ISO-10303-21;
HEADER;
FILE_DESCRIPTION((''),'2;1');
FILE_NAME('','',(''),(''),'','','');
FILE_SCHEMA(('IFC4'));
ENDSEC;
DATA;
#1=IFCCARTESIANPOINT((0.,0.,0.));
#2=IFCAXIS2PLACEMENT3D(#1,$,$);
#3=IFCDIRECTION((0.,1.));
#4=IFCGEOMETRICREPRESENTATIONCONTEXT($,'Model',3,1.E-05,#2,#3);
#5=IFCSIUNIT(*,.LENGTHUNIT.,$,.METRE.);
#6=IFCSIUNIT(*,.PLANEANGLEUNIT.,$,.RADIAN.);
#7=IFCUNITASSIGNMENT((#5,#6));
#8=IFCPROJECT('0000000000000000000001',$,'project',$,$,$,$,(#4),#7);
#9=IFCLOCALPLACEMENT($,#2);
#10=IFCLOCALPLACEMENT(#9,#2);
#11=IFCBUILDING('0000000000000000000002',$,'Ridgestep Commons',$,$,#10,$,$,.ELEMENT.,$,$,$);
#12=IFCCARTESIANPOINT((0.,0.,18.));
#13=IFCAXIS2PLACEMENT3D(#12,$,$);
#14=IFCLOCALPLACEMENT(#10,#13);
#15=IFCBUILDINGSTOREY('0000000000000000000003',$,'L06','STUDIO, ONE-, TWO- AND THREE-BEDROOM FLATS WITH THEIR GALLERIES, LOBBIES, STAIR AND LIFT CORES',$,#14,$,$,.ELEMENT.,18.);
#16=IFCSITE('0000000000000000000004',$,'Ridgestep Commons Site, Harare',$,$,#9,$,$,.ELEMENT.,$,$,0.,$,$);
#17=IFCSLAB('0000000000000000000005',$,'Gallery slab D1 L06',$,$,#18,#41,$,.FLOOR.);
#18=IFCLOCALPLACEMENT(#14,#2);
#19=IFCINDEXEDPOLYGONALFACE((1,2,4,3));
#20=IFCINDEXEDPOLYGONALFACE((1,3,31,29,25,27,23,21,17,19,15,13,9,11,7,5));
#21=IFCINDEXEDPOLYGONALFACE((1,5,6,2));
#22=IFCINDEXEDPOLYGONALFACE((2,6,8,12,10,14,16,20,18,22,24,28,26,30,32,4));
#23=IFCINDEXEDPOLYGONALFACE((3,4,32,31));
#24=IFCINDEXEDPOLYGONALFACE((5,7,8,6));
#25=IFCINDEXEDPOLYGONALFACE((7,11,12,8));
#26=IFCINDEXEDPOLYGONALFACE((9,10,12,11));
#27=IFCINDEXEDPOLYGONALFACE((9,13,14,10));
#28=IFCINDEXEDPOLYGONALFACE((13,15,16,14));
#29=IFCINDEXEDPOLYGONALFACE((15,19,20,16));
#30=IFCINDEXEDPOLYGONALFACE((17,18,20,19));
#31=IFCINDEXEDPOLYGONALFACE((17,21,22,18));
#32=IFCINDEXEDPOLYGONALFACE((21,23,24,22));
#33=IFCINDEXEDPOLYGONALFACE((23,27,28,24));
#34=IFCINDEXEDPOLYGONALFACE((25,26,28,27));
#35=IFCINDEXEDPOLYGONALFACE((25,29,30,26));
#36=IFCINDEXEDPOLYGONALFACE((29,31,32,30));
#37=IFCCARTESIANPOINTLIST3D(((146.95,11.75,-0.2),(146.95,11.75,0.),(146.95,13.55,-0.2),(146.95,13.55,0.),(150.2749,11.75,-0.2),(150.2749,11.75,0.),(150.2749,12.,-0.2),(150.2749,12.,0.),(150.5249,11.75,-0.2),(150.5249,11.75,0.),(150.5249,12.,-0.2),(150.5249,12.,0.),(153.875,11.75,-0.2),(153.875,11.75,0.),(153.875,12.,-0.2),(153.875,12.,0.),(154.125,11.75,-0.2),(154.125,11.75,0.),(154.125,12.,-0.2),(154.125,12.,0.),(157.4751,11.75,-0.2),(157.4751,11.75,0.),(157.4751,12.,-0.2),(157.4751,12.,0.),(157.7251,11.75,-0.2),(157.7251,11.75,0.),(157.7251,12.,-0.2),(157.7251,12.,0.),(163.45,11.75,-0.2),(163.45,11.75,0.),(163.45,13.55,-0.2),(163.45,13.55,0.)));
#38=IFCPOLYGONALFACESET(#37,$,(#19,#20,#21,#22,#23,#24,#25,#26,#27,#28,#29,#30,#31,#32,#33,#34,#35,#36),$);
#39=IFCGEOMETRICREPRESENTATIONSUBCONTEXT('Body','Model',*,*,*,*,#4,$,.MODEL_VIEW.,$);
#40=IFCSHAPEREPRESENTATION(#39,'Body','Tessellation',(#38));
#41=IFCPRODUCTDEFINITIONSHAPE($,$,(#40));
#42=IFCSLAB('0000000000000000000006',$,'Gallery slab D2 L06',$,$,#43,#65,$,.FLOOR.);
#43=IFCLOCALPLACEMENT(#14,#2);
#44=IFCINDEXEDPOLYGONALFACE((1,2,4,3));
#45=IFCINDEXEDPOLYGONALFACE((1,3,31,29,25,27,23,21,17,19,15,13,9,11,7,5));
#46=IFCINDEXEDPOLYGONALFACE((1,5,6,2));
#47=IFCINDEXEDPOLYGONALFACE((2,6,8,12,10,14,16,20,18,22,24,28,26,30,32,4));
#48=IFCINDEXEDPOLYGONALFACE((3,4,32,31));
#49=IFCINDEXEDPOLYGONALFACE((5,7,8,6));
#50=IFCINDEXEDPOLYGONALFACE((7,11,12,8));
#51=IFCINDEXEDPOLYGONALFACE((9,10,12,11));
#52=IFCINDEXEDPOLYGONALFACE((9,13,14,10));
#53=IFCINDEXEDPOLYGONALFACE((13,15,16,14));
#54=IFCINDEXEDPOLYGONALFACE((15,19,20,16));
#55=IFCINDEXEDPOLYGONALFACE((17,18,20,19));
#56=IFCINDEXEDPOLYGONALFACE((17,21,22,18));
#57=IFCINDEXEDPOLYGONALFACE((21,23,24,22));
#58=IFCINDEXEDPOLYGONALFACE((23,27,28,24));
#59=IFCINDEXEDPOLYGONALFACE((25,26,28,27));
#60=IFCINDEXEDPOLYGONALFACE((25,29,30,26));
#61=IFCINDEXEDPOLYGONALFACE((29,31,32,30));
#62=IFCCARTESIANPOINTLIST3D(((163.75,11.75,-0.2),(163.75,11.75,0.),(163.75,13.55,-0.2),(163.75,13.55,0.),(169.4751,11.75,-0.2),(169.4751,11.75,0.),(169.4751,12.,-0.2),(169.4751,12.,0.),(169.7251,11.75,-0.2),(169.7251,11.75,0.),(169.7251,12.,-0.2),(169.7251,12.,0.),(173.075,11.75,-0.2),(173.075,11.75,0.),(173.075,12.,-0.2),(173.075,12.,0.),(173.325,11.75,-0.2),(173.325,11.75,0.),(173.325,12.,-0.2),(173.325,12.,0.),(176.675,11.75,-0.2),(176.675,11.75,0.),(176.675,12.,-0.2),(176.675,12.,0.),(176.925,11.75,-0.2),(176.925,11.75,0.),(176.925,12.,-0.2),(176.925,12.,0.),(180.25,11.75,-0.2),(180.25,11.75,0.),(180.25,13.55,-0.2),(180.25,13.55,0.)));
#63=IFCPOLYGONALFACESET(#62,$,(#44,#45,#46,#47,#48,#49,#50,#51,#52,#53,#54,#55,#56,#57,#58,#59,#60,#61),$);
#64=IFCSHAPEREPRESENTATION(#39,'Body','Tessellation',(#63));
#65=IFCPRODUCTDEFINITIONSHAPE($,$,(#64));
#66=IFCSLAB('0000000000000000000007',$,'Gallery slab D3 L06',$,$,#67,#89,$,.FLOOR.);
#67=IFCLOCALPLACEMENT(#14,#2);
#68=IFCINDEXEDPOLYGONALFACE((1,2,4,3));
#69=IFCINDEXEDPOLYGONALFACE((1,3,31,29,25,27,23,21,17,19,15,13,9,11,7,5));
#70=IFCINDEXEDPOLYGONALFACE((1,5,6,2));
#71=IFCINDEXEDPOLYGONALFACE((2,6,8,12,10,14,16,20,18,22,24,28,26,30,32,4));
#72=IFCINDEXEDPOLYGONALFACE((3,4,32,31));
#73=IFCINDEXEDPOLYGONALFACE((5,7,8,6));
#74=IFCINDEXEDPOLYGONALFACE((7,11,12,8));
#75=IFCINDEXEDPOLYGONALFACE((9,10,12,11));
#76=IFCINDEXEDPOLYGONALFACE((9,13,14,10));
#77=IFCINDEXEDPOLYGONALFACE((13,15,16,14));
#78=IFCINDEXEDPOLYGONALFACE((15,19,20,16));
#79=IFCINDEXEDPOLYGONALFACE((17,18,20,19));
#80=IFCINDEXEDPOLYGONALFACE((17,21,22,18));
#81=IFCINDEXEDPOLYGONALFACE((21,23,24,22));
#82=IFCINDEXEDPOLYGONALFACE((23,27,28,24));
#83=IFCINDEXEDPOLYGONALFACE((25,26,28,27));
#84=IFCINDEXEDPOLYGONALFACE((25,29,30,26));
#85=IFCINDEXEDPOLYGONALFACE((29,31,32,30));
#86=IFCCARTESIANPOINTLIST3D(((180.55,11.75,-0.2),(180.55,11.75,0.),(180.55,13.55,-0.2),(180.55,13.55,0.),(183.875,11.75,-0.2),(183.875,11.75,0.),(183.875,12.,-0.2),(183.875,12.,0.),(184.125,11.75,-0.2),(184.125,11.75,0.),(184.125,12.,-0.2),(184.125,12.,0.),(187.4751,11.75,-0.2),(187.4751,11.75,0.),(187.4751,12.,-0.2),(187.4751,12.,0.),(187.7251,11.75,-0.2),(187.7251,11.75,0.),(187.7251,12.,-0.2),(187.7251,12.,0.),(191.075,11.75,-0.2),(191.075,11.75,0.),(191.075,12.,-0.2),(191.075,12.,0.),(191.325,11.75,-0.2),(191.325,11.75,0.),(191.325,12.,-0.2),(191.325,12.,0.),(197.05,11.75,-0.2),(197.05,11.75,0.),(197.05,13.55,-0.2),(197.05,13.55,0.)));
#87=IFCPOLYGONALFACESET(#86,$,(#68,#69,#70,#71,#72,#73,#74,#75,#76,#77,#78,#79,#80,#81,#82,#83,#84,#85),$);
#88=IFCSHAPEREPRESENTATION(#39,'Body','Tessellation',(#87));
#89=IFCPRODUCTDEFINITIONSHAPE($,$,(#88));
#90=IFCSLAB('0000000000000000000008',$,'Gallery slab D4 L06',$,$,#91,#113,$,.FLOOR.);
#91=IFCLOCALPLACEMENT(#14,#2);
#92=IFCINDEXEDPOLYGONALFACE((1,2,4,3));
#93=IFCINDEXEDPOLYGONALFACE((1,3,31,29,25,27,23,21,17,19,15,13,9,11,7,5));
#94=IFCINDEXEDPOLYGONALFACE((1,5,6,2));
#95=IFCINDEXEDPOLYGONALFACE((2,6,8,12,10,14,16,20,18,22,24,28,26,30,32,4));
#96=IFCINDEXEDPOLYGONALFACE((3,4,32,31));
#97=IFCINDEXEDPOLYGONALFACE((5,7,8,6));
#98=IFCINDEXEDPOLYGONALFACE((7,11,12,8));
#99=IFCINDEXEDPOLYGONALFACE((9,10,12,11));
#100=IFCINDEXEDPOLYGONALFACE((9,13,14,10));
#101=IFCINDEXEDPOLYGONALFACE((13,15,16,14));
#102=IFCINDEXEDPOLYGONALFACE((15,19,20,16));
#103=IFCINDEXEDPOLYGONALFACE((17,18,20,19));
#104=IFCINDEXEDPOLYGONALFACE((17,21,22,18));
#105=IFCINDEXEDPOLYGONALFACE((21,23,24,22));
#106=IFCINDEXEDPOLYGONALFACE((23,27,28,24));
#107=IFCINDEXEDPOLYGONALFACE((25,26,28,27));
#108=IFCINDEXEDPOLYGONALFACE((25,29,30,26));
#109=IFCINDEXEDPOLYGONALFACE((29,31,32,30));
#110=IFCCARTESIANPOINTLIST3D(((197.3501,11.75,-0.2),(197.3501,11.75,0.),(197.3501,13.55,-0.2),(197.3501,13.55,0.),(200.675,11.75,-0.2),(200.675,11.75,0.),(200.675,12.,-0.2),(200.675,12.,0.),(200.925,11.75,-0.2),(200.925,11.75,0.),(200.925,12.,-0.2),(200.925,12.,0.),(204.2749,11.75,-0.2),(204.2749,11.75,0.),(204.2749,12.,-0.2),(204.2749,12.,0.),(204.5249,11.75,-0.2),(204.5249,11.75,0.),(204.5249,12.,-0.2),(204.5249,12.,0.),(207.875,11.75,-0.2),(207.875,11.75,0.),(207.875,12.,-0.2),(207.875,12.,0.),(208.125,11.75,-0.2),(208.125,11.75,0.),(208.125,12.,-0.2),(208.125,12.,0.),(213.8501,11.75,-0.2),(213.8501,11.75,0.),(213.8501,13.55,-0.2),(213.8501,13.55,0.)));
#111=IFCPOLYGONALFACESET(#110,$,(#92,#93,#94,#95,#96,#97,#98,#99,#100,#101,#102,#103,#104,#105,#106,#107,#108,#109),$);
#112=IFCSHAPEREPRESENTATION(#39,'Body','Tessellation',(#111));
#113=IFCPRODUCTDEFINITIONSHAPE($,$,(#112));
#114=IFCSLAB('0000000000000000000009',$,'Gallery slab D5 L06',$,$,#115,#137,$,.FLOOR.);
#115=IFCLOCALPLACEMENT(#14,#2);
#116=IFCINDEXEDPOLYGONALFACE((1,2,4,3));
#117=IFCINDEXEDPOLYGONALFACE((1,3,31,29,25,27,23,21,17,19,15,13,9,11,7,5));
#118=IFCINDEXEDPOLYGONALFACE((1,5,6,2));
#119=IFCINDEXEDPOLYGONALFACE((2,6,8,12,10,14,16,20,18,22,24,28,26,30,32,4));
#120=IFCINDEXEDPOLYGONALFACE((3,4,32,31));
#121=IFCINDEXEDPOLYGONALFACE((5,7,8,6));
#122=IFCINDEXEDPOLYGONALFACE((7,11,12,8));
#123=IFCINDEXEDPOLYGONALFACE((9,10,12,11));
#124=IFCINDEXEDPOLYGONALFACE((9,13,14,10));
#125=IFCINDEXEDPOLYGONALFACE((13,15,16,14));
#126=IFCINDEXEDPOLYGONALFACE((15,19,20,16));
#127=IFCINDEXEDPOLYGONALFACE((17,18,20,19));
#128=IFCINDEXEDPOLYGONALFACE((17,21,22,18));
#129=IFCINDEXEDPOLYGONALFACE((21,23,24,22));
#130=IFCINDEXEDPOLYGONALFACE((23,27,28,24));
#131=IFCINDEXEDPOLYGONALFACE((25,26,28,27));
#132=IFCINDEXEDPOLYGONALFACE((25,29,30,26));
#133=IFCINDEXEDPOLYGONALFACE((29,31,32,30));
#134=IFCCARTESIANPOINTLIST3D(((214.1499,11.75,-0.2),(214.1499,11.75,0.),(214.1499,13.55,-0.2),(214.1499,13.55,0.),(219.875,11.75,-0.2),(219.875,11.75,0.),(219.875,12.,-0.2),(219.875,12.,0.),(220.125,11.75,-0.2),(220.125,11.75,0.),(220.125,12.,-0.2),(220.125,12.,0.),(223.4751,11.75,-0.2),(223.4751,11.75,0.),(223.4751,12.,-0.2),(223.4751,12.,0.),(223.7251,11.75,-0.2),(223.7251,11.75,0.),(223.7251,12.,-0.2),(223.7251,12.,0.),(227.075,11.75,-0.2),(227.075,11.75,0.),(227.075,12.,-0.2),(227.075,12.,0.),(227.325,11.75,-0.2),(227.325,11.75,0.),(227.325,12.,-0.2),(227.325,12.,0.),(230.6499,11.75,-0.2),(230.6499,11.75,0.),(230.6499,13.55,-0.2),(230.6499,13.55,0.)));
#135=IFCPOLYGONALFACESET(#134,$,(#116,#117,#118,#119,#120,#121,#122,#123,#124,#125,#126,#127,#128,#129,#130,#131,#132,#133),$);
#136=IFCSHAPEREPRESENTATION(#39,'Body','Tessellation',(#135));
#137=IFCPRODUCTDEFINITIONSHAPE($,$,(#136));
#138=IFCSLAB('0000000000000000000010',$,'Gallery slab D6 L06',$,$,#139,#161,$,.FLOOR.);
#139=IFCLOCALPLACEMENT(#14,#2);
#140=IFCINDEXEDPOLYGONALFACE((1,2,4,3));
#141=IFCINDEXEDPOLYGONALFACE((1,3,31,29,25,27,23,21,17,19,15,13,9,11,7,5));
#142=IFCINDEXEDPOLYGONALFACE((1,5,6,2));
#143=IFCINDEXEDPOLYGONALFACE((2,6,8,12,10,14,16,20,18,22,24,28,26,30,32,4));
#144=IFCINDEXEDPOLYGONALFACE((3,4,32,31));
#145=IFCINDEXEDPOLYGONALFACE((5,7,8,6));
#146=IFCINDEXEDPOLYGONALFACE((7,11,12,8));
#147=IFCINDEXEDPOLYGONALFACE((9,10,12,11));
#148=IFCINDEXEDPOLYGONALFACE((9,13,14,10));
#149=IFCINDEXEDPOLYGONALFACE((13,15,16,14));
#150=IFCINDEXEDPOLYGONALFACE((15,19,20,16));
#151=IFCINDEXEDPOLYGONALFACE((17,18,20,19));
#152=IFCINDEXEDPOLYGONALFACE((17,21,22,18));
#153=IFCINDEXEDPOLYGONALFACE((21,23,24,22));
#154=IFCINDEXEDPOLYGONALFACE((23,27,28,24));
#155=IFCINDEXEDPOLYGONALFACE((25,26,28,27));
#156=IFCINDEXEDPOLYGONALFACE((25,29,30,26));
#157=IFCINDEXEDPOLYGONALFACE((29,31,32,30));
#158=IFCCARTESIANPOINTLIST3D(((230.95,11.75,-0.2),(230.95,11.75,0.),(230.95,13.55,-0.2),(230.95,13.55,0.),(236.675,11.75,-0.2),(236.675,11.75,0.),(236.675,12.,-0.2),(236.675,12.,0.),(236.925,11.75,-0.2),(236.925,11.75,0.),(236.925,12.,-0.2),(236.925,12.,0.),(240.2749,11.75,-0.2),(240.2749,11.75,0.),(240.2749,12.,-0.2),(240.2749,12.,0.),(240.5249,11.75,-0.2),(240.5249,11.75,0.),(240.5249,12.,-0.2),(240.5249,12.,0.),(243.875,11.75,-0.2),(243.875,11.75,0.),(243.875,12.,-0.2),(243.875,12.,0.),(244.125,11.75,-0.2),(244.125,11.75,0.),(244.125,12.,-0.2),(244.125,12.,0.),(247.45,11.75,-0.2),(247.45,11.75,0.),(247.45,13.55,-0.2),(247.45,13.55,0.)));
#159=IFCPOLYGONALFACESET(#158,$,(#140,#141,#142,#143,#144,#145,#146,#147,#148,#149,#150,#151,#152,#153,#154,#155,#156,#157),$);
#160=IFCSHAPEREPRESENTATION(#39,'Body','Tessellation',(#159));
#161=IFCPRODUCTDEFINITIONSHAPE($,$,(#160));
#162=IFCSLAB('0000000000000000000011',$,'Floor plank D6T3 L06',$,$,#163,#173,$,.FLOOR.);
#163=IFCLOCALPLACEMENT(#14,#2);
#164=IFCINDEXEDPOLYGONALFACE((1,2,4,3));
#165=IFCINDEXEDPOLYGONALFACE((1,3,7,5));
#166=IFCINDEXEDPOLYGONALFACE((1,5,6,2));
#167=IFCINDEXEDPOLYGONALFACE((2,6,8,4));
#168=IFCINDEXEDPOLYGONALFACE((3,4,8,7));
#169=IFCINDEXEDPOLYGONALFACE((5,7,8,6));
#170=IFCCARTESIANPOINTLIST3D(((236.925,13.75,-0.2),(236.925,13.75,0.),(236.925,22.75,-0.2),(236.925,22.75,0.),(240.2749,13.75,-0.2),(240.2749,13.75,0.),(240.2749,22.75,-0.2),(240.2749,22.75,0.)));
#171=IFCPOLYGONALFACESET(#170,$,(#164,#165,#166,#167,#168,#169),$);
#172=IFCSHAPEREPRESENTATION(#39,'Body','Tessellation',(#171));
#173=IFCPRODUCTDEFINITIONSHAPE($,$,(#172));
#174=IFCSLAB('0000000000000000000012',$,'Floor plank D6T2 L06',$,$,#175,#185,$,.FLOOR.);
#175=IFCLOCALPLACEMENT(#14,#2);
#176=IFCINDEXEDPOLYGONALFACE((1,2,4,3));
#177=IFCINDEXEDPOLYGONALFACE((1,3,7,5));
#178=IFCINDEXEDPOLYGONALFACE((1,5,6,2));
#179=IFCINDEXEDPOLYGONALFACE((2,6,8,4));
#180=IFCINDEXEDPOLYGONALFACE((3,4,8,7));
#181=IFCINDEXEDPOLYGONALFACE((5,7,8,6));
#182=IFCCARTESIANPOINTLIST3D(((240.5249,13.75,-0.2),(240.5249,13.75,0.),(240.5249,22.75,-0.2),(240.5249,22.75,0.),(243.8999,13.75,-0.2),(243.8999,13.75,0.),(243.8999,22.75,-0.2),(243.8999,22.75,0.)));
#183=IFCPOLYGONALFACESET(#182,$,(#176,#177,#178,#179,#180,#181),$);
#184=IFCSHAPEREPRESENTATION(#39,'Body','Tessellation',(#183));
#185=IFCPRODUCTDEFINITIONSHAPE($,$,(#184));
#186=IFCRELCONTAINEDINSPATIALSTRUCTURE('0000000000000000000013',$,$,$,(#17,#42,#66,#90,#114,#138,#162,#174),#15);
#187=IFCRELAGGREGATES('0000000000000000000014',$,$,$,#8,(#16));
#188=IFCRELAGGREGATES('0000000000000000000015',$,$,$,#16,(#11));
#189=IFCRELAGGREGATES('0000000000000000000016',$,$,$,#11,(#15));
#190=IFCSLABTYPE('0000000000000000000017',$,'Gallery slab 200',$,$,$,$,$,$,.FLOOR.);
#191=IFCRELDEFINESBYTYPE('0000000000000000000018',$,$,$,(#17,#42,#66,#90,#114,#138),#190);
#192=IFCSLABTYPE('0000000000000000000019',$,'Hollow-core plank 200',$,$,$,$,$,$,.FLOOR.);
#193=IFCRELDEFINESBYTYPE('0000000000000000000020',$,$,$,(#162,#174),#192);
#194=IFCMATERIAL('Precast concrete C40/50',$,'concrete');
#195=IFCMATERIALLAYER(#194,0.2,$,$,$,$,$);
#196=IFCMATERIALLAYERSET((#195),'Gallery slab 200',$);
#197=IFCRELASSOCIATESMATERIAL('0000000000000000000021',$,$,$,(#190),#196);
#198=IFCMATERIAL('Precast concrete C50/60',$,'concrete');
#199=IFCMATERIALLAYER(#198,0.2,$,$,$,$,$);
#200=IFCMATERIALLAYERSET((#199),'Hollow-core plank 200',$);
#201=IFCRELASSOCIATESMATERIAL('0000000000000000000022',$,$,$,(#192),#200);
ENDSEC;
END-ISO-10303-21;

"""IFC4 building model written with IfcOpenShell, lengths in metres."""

from ifc_helpers import new_model, si_unit, direction, frame, origin, place, context, subcontext, project, spatial, polyline, outline, extrude, material, layer, layer_set, type_object, element, save


model = new_model("IFC4")

# Units and contexts
model_context = context("Model", 3, precision=1e-05, world=origin(), true_north=direction((0.0, 1.0)))
body_context = subcontext(model_context, "Body", "Model", "MODEL_VIEW")
ifc_project = project(units=[si_unit("LENGTHUNIT", "METRE"), si_unit("PLANEANGLEUNIT", "RADIAN")], contexts=[model_context])

# Site, building, storey
site_placement = place(None, origin())
site = spatial("IfcSite", under=ifc_project, at=site_placement, Name="Ridgestep Commons Site, Harare", CompositionType="ELEMENT", RefElevation=0.0)
building_placement = place(site_placement, origin())
building = spatial("IfcBuilding", under=site, at=building_placement, Name="Ridgestep Commons", CompositionType="ELEMENT")
storey_placement = place(building_placement, frame((0.0, 0.0, 18.0)))
storey = spatial("IfcBuildingStorey", under=building, at=storey_placement, Name="L06", Description="STUDIO, ONE-, TWO- AND THREE-BEDROOM FLATS WITH THEIR GALLERIES, LOBBIES, STAIR AND LIFT CORES", CompositionType="ELEMENT", Elevation=18.0)

# Slabs
ifc_material_1 = material(Name="Precast concrete C40/50", Category="concrete")
ifc_layer_1 = layer(ifc_material_1, 0.2)
ifc_layer_set_1 = layer_set([ifc_layer_1], Name="Gallery slab 200")
slab_type_1 = type_object("IfcSlabType", Name="Gallery slab 200", PredefinedType="FLOOR", material=ifc_layer_set_1)
slab_1_placement = place(storey_placement, frame((0.0, 0.0, -0.2)))
element("IfcSlab", 1, at=slab_1_placement, inside=storey, type_object=slab_type_1, Name="Gallery slab D1 L06", PredefinedType="FLOOR", context=body_context, shape_type="SweptSolid", body=[
    extrude(outline(polyline([(163.45, 13.55), (146.95, 13.55), (146.95, 11.75), (150.2749, 11.75), (150.2749, 12.0), (150.5249, 12.0), (150.5249, 11.75), (153.875, 11.75), (153.875, 12.0), (154.125, 12.0), (154.125, 11.75), (157.4751, 11.75), (157.4751, 12.0), (157.7251, 12.0), (157.7251, 11.75), (163.45, 11.75), (163.45, 13.55)])), origin(), (0.0, 0.0, 1.0), 0.2),
])
slab_2_placement = place(storey_placement, frame((0.0, 0.0, -0.2)))
element("IfcSlab", 2, at=slab_2_placement, inside=storey, type_object=slab_type_1, Name="Gallery slab D2 L06", PredefinedType="FLOOR", context=body_context, shape_type="SweptSolid", body=[
    extrude(outline(polyline([(180.25, 13.55), (163.75, 13.55), (163.75, 11.75), (169.4751, 11.75), (169.4751, 12.0), (169.7251, 12.0), (169.7251, 11.75), (173.075, 11.75), (173.075, 12.0), (173.325, 12.0), (173.325, 11.75), (176.675, 11.75), (176.675, 12.0), (176.925, 12.0), (176.925, 11.75), (180.25, 11.75), (180.25, 13.55)])), origin(), (0.0, 0.0, 1.0), 0.2),
])
slab_3_placement = place(storey_placement, frame((0.0, 0.0, -0.2)))
element("IfcSlab", 3, at=slab_3_placement, inside=storey, type_object=slab_type_1, Name="Gallery slab D3 L06", PredefinedType="FLOOR", context=body_context, shape_type="SweptSolid", body=[
    extrude(outline(polyline([(197.05, 13.55), (180.55, 13.55), (180.55, 11.75), (183.875, 11.75), (183.875, 12.0), (184.125, 12.0), (184.125, 11.75), (187.4751, 11.75), (187.4751, 12.0), (187.7251, 12.0), (187.7251, 11.75), (191.075, 11.75), (191.075, 12.0), (191.325, 12.0), (191.325, 11.75), (197.05, 11.75), (197.05, 13.55)])), origin(), (0.0, 0.0, 1.0), 0.2),
])
slab_4_placement = place(storey_placement, frame((0.0, 0.0, -0.2)))
element("IfcSlab", 4, at=slab_4_placement, inside=storey, type_object=slab_type_1, Name="Gallery slab D4 L06", PredefinedType="FLOOR", context=body_context, shape_type="SweptSolid", body=[
    extrude(outline(polyline([(213.8501, 13.55), (197.3501, 13.55), (197.3501, 11.75), (200.675, 11.75), (200.675, 12.0), (200.925, 12.0), (200.925, 11.75), (204.2749, 11.75), (204.2749, 12.0), (204.5249, 12.0), (204.5249, 11.75), (207.875, 11.75), (207.875, 12.0), (208.125, 12.0), (208.125, 11.75), (213.8501, 11.75), (213.8501, 13.55)])), origin(), (0.0, 0.0, 1.0), 0.2),
])
slab_5_placement = place(storey_placement, frame((0.0, 0.0, -0.2)))
element("IfcSlab", 5, at=slab_5_placement, inside=storey, type_object=slab_type_1, Name="Gallery slab D5 L06", PredefinedType="FLOOR", context=body_context, shape_type="SweptSolid", body=[
    extrude(outline(polyline([(230.6499, 13.55), (214.1499, 13.55), (214.1499, 11.75), (219.875, 11.75), (219.875, 12.0), (220.125, 12.0), (220.125, 11.75), (223.4751, 11.75), (223.4751, 12.0), (223.7251, 12.0), (223.7251, 11.75), (227.075, 11.75), (227.075, 12.0), (227.325, 12.0), (227.325, 11.75), (230.6499, 11.75), (230.6499, 13.55)])), origin(), (0.0, 0.0, 1.0), 0.2),
])
slab_6_placement = place(storey_placement, frame((0.0, 0.0, -0.2)))
element("IfcSlab", 6, at=slab_6_placement, inside=storey, type_object=slab_type_1, Name="Gallery slab D6 L06", PredefinedType="FLOOR", context=body_context, shape_type="SweptSolid", body=[
    extrude(outline(polyline([(247.45, 13.55), (230.95, 13.55), (230.95, 11.75), (236.675, 11.75), (236.675, 12.0), (236.925, 12.0), (236.925, 11.75), (240.2749, 11.75), (240.2749, 12.0), (240.5249, 12.0), (240.5249, 11.75), (243.875, 11.75), (243.875, 12.0), (244.125, 12.0), (244.125, 11.75), (247.45, 11.75), (247.45, 13.55)])), origin(), (0.0, 0.0, 1.0), 0.2),
])
ifc_material_2 = material(Name="Precast concrete C50/60", Category="concrete")
ifc_layer_2 = layer(ifc_material_2, 0.2)
ifc_layer_set_2 = layer_set([ifc_layer_2], Name="Hollow-core plank 200")
slab_type_2 = type_object("IfcSlabType", Name="Hollow-core plank 200", PredefinedType="FLOOR", material=ifc_layer_set_2)
slab_7_placement = place(storey_placement, frame((0.0, 0.0, -0.2)))
element("IfcSlab", 7, at=slab_7_placement, inside=storey, type_object=slab_type_2, Name="Floor plank D6T3 L06", PredefinedType="FLOOR", context=body_context, shape_type="SweptSolid", body=[
    extrude(outline(polyline([(240.2749, 13.75), (240.2749, 22.75), (236.925, 22.75), (236.925, 13.75), (240.2749, 13.75)])), origin(), (0.0, 0.0, 1.0), 0.2),
])
slab_8_placement = place(storey_placement, frame((0.0, 0.0, -0.2)))
element("IfcSlab", 8, at=slab_8_placement, inside=storey, type_object=slab_type_2, Name="Floor plank D6T2 L06", PredefinedType="FLOOR", context=body_context, shape_type="SweptSolid", body=[
    extrude(outline(polyline([(243.8999, 13.75), (243.8999, 22.75), (240.5249, 22.75), (240.5249, 13.75), (243.8999, 13.75)])), origin(), (0.0, 0.0, 1.0), 0.2),
])

save(model, "model.ifc")
